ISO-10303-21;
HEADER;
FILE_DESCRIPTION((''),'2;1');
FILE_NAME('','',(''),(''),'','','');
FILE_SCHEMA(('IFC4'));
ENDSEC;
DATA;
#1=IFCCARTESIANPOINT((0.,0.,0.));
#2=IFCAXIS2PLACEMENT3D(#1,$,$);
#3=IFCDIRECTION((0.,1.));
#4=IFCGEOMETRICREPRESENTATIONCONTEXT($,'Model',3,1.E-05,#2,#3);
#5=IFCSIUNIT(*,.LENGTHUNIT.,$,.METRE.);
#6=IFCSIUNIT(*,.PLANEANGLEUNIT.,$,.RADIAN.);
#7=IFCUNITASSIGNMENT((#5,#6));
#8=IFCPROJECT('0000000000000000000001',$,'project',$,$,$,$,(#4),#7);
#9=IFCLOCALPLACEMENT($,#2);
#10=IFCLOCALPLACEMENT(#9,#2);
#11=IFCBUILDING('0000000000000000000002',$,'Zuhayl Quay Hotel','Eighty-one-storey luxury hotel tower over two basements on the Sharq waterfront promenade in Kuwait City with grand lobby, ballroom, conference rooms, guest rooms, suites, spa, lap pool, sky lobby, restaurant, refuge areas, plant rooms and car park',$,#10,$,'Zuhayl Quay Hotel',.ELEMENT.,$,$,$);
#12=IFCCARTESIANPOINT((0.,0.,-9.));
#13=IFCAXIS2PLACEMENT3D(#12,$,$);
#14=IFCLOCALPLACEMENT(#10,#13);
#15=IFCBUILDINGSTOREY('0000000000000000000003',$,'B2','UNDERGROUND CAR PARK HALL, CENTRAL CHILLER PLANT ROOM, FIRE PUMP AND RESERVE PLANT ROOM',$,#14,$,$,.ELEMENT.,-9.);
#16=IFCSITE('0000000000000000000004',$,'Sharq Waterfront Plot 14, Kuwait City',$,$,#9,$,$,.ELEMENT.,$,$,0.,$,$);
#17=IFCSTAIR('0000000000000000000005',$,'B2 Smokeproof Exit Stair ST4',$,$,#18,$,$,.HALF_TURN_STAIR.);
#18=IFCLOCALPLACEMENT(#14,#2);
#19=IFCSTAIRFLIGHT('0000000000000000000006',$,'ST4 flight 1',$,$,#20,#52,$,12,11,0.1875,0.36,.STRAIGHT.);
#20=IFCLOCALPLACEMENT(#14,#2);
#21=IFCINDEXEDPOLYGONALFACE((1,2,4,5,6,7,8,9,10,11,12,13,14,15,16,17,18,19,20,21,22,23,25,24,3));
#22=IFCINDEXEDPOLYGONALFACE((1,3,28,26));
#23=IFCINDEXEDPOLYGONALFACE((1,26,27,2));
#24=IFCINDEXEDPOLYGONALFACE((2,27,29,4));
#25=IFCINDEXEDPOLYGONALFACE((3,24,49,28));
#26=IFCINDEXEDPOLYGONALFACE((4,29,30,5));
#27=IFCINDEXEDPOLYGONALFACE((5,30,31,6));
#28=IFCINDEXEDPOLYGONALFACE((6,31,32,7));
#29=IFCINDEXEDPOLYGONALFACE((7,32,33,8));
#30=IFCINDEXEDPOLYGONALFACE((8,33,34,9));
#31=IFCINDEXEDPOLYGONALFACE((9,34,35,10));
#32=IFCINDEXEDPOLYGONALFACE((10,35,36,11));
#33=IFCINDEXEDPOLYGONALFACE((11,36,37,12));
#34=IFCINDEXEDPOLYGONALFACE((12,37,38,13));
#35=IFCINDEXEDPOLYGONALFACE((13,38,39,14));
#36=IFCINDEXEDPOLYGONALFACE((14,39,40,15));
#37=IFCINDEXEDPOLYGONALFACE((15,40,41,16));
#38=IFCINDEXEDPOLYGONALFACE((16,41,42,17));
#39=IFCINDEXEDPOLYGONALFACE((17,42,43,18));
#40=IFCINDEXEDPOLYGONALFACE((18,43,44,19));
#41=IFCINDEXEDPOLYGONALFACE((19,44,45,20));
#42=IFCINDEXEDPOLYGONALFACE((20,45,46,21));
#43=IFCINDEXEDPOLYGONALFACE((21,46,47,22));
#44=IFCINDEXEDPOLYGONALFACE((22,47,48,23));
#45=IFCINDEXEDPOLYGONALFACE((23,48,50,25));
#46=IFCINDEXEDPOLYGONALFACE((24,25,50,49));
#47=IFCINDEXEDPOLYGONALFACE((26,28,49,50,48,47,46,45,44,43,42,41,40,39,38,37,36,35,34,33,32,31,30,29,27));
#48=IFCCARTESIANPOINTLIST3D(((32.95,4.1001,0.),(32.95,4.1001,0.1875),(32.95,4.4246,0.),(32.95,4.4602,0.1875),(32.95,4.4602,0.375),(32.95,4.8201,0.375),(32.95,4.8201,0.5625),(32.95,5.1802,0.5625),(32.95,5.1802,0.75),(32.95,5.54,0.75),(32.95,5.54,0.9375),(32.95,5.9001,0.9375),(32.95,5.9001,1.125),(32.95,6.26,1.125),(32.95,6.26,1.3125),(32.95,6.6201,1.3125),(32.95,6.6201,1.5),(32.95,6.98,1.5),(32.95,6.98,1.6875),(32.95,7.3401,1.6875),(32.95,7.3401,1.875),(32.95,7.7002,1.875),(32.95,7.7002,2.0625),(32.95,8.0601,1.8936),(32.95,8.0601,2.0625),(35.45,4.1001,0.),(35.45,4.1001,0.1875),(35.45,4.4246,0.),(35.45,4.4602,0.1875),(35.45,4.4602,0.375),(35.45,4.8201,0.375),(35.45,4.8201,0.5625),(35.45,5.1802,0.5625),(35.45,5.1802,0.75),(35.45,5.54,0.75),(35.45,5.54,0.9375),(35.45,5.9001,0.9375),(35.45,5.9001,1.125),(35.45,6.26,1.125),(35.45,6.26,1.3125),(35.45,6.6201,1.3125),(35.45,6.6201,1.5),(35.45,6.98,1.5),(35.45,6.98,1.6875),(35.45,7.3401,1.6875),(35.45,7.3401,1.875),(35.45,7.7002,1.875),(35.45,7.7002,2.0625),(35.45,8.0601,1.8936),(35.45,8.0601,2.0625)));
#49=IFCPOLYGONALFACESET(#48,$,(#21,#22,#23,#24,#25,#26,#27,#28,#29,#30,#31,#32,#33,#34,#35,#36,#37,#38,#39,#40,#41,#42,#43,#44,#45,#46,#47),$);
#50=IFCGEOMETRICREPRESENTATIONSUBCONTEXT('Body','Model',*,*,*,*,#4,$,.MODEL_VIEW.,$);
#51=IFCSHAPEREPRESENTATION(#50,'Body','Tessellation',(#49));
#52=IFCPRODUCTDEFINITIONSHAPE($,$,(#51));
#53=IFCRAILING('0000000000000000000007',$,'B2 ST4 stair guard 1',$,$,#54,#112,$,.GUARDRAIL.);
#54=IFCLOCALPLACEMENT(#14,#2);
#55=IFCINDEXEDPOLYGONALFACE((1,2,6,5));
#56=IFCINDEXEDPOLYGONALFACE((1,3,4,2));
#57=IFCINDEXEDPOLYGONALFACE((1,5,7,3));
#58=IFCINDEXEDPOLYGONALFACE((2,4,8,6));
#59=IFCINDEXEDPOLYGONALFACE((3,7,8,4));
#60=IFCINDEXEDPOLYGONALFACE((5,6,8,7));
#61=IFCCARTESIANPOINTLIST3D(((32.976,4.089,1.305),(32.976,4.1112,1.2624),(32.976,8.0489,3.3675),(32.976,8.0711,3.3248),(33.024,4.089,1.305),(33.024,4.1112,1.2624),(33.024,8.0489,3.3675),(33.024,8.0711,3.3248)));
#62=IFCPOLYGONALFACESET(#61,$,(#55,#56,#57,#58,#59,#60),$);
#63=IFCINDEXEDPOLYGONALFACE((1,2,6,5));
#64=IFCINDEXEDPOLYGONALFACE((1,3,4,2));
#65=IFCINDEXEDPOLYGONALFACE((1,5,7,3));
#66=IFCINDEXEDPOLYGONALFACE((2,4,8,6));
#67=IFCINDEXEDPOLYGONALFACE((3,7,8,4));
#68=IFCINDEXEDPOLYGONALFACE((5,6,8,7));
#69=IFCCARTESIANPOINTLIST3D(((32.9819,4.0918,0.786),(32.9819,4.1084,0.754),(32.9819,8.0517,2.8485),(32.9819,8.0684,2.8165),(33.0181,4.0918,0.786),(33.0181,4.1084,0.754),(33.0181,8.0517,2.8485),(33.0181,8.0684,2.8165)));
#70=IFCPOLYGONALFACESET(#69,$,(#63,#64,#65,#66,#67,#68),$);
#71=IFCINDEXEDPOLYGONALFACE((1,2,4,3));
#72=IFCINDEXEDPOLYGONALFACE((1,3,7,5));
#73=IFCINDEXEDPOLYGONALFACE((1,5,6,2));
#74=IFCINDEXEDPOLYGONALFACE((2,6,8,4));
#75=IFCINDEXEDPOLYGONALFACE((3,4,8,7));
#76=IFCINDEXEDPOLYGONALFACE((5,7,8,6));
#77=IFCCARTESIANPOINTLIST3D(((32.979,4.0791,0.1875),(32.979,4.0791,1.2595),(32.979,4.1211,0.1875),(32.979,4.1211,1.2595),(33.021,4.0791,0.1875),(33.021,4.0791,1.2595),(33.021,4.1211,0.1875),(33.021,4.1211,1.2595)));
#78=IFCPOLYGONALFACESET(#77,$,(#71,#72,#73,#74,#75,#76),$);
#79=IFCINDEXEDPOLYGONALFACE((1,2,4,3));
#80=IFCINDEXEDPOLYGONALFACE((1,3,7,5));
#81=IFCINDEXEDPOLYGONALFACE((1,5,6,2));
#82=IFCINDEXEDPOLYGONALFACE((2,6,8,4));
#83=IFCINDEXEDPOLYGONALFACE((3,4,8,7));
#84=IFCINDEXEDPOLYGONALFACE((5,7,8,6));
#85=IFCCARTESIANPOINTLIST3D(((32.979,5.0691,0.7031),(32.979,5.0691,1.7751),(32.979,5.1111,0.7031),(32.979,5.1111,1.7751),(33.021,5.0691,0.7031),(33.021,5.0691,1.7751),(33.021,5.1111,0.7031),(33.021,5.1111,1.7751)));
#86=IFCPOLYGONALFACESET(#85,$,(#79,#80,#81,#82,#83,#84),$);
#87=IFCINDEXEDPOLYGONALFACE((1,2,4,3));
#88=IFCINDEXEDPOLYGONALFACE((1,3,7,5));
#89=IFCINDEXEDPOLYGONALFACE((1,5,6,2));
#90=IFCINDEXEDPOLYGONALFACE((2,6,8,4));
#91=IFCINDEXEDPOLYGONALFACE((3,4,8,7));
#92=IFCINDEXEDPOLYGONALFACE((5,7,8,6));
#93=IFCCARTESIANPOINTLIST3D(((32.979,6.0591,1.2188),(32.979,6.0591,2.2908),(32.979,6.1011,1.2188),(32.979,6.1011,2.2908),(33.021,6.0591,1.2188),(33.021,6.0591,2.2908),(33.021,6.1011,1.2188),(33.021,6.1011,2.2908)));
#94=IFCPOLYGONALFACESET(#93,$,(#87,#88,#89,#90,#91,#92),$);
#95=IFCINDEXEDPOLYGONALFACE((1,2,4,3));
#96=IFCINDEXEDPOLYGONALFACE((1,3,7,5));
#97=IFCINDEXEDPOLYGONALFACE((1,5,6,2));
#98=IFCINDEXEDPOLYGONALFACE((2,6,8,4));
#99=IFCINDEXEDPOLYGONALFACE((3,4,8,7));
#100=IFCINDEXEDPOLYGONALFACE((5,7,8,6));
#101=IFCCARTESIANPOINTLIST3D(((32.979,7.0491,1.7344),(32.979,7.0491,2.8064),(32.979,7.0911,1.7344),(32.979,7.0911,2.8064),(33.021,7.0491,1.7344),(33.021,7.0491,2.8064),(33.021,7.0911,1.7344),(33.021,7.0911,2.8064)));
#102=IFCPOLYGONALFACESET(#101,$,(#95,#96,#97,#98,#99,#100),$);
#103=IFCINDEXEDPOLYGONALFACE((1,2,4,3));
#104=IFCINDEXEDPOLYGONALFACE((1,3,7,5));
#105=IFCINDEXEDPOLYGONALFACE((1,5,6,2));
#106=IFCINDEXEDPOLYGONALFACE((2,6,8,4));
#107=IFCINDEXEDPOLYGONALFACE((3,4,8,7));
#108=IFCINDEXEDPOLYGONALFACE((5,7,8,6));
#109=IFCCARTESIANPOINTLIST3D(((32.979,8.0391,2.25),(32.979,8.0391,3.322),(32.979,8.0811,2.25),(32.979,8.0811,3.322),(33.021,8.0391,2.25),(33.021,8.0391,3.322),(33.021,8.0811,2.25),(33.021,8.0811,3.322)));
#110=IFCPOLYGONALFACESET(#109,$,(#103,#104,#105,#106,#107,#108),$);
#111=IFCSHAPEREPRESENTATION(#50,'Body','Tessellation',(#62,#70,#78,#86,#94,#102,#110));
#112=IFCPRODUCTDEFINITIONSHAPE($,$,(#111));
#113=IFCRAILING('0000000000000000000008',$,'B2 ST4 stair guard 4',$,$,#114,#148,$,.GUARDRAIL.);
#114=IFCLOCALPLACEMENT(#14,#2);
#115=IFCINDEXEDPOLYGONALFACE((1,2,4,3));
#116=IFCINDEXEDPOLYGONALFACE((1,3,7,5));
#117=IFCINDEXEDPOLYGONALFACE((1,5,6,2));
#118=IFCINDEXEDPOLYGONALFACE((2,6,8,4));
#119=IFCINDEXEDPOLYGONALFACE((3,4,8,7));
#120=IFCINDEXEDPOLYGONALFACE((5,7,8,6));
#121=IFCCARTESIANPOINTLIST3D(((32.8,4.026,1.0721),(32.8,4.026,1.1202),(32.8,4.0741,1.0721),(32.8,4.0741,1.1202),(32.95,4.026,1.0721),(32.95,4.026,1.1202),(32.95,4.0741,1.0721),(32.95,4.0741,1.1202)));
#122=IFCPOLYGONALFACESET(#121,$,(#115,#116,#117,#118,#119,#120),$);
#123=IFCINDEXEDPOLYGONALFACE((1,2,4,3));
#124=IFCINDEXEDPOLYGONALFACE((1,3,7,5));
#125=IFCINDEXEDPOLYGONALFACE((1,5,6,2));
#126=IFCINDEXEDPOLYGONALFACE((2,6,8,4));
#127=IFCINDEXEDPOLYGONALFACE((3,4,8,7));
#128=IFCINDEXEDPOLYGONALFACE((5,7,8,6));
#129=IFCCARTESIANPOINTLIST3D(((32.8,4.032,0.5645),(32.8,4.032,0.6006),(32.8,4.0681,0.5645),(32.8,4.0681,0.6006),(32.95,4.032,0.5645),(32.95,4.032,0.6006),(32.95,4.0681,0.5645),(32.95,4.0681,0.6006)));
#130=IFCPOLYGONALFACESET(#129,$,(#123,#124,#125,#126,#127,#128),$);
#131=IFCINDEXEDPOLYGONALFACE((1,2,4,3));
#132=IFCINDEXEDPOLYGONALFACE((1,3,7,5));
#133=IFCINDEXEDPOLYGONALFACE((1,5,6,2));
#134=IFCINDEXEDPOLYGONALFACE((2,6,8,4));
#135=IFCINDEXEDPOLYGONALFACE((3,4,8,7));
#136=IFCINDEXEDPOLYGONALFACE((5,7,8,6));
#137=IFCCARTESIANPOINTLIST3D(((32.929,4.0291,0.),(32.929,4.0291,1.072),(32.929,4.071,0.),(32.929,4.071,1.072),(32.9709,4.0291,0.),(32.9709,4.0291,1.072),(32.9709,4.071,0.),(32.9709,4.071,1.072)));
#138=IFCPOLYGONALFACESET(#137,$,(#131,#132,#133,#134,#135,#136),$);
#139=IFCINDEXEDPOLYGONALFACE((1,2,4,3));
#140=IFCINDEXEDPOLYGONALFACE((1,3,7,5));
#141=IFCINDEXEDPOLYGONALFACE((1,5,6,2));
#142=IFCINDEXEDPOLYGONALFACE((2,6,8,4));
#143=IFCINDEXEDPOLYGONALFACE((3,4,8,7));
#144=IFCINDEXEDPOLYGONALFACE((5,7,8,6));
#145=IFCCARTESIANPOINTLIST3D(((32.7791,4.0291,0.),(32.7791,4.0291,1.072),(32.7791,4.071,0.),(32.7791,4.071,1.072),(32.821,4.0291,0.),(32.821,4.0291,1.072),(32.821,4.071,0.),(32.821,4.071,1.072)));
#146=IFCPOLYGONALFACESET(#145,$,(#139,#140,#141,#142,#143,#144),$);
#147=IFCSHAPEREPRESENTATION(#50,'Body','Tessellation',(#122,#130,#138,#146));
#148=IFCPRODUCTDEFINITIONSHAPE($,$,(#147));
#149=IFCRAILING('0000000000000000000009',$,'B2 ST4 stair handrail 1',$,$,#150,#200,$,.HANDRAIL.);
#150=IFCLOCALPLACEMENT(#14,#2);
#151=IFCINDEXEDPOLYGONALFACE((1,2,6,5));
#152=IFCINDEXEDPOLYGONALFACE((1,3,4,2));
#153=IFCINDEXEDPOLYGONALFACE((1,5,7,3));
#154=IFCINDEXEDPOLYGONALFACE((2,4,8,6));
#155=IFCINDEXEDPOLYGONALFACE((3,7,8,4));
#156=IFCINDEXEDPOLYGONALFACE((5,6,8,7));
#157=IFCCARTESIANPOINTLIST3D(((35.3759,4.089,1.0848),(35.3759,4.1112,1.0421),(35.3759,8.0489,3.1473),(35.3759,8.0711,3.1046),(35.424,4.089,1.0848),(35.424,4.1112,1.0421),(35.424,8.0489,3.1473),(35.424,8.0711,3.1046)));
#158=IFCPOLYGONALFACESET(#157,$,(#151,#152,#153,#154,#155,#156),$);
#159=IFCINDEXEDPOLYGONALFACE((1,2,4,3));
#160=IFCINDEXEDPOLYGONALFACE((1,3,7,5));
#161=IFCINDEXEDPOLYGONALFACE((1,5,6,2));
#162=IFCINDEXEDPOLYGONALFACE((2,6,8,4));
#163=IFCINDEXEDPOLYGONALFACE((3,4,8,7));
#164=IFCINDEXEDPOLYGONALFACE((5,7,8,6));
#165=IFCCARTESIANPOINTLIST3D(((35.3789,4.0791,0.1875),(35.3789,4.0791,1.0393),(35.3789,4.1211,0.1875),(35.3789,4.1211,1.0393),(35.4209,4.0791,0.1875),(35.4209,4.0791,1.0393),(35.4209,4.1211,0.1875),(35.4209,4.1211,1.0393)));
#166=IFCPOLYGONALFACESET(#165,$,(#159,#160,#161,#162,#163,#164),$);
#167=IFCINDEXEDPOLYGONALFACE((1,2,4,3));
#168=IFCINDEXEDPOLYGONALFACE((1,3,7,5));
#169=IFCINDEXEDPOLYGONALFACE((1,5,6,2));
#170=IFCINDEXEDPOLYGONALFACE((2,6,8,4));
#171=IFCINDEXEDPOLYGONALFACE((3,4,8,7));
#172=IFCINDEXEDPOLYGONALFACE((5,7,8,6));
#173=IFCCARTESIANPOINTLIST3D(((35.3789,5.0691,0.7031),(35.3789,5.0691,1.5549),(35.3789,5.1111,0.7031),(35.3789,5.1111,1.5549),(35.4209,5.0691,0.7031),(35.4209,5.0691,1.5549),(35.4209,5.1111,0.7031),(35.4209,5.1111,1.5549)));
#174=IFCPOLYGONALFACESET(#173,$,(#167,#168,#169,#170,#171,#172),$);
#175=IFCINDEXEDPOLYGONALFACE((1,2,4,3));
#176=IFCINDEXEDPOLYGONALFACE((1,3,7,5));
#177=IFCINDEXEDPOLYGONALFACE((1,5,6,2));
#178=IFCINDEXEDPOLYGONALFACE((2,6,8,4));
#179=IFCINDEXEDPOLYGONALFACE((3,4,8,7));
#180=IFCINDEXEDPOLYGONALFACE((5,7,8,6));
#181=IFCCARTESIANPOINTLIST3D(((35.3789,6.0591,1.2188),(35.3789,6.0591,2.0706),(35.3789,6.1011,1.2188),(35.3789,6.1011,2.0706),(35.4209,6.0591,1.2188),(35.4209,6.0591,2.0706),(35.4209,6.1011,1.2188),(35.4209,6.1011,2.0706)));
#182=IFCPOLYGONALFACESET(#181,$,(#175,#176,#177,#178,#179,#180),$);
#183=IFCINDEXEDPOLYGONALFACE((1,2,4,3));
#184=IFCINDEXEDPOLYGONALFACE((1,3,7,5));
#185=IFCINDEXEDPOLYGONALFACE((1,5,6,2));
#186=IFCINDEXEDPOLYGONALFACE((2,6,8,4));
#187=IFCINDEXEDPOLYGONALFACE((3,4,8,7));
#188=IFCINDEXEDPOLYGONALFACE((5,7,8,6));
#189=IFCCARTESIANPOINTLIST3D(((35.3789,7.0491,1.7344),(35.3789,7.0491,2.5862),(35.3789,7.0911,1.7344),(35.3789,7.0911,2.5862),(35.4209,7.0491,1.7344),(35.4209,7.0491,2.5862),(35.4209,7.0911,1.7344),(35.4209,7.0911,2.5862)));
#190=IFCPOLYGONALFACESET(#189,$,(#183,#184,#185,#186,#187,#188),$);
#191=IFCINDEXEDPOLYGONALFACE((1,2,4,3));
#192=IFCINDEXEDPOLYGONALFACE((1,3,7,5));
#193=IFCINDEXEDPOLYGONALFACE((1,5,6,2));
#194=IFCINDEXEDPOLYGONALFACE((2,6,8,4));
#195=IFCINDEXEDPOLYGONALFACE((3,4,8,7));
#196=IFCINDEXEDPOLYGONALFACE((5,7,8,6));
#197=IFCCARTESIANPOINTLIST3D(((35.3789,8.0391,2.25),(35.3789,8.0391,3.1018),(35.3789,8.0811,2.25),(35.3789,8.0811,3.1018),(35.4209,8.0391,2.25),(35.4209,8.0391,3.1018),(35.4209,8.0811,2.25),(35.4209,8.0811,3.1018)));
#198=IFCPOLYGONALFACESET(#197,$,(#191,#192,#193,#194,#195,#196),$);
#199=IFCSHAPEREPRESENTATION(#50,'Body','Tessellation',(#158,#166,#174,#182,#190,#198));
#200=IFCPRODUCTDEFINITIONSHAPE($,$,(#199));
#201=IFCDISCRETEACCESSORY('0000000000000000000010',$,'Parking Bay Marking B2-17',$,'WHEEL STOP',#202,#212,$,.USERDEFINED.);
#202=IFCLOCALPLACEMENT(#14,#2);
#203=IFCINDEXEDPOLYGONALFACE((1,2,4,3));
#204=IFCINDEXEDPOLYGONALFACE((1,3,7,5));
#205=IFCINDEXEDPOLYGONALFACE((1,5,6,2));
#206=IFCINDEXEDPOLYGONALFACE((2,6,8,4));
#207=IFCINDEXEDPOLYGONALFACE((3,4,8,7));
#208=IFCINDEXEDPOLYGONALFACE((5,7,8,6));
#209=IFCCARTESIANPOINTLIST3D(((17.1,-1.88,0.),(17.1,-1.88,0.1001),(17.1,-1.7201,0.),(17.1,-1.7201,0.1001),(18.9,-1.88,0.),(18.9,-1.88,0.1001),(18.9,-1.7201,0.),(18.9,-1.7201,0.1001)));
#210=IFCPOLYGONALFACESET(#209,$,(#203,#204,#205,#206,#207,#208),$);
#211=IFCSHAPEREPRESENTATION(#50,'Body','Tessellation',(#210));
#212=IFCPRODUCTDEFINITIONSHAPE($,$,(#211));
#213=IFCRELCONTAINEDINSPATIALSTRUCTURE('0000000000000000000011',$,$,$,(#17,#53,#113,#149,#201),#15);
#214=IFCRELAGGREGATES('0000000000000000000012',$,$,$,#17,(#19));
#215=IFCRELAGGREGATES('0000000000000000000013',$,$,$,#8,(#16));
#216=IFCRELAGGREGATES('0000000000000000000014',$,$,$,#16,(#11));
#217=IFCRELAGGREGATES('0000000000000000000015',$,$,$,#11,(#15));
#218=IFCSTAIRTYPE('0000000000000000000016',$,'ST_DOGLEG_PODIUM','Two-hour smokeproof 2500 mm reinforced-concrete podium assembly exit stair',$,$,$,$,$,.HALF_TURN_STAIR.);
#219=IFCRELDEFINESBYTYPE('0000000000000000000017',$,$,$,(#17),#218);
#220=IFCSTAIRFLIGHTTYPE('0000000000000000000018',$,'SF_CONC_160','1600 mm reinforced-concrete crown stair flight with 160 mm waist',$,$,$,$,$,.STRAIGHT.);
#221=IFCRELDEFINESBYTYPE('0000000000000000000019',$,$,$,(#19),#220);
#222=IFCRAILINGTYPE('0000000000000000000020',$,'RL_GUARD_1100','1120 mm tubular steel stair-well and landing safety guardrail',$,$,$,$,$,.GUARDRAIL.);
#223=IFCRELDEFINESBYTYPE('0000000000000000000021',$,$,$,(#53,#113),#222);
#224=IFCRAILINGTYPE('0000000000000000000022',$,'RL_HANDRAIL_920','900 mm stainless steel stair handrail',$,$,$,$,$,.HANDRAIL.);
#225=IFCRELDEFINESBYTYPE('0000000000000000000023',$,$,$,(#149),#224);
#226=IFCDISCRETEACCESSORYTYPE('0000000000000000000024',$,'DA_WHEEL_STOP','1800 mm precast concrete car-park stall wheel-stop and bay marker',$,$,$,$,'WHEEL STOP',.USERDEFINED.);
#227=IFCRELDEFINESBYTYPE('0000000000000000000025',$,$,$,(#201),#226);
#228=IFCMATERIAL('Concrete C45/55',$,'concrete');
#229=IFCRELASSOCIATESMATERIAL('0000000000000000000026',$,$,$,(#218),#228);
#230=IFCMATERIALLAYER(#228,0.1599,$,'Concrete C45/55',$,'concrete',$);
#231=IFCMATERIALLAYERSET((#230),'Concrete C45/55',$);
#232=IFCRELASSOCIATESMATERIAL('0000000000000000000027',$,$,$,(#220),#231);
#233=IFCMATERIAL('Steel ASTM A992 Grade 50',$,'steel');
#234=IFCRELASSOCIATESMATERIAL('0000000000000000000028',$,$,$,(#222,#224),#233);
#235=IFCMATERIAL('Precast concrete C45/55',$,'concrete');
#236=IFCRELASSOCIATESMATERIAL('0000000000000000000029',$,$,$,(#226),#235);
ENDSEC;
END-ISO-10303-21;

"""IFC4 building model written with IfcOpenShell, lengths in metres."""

from ifc_helpers import new_model, si_unit, direction, frame, origin, origin_2d, place, context, subcontext, project, spatial, polyline, rectangle, outline, extrude, material, layer, layer_set, type_object, element, aggregate, save


model = new_model("IFC4")

# Units and contexts
model_context = context("Model", 3, precision=1e-05, world=origin(), true_north=direction((0.0, 1.0)))
body_context = subcontext(model_context, "Body", "Model", "MODEL_VIEW")
ifc_project = project(units=[si_unit("LENGTHUNIT", "METRE"), si_unit("PLANEANGLEUNIT", "RADIAN")], contexts=[model_context])

# Site, building, storey
site_placement = place(None, origin())
site = spatial("IfcSite", under=ifc_project, at=site_placement, Name="Sharq Waterfront Plot 14, Kuwait City", CompositionType="ELEMENT", RefElevation=0.0)
building_placement = place(site_placement, origin())
building = spatial("IfcBuilding", under=site, at=building_placement, Name="Zuhayl Quay Hotel", Description="Eighty-one-storey luxury hotel tower over two basements on the Sharq waterfront promenade in Kuwait City with grand lobby, ballroom, conference rooms, guest rooms, suites, spa, lap pool, sky lobby, restaurant, refuge areas, plant rooms and car park", LongName="Zuhayl Quay Hotel", CompositionType="ELEMENT")
storey_placement = place(building_placement, frame((0.0, 0.0, -9.0)))
storey = spatial("IfcBuildingStorey", under=building, at=storey_placement, Name="B2", Description="UNDERGROUND CAR PARK HALL, CENTRAL CHILLER PLANT ROOM, FIRE PUMP AND RESERVE PLANT ROOM", CompositionType="ELEMENT", Elevation=-9.0)

# Stair, stair flight
ifc_material_1 = material(Name="Concrete C45/55", Category="concrete")
stair_type = type_object("IfcStairType", Name="ST_DOGLEG_PODIUM", Description="Two-hour smokeproof 2500 mm reinforced-concrete podium assembly exit stair", PredefinedType="HALF_TURN_STAIR", material=ifc_material_1)
stair_placement = place(storey_placement, origin())
stair = element("IfcStair", 1, at=stair_placement, inside=storey, type_object=stair_type, Name="B2 Smokeproof Exit Stair ST4", PredefinedType="HALF_TURN_STAIR")
ifc_layer_1 = layer(ifc_material_1, 0.1599, Name="Concrete C45/55", Category="concrete")
ifc_layer_set_1 = layer_set([ifc_layer_1], Name="Concrete C45/55")
stair_flight_type = type_object("IfcStairFlightType", Name="SF_CONC_160", Description="1600 mm reinforced-concrete crown stair flight with 160 mm waist", PredefinedType="STRAIGHT", material=ifc_layer_set_1)
stair_flight_placement = place(storey_placement, frame((34.2, 4.1001, 0.0), z_axis=(0.0, 0.0, 1.0), x_axis=(0.0, 1.0, 0.0)))
stair_flight = element("IfcStairFlight", 2, at=stair_flight_placement, type_object=stair_flight_type, Name="ST4 flight 1", NumberOfRisers=12, NumberOfTreads=11, PredefinedType="STRAIGHT", RiserHeight=0.1875, TreadLength=0.36, context=body_context, shape_type="SweptSolid", body=[
    extrude(outline(polyline([(0.0, 0.0), (0.0, 0.1875), (0.3601, 0.1875), (0.3601, 0.375), (0.72, 0.375), (0.72, 0.5625), (1.0801, 0.5625), (1.0801, 0.75), (1.4399, 0.75), (1.4399, 0.9375), (1.8, 0.9375), (1.8, 1.125), (2.1599, 1.125), (2.1599, 1.3125), (2.52, 1.3125), (2.52, 1.5), (2.8799, 1.5), (2.8799, 1.6875), (3.24, 1.6875), (3.24, 1.875), (3.6001, 1.875), (3.6001, 2.0625), (3.96, 2.0625), (3.96, 2.25), (3.96, 1.8936), (0.3245, 0.0), (0.0, 0.0)])), frame((0.0, 1.25, 0.0), z_axis=(0.0, -1.0, 0.0), x_axis=(1.0, 0.0, 0.0)), (0.0, 0.0, 1.0), 2.5),
])
aggregate(stair, [stair_flight])

# Railings
ifc_material_2 = material(Name="Steel ASTM A992 Grade 50", Category="steel")
railing_type_1 = type_object("IfcRailingType", Name="RL_GUARD_1100", Description="1120 mm tubular steel stair-well and landing safety guardrail", PredefinedType="GUARDRAIL", material=ifc_material_2)
railing_1_placement = place(storey_placement, frame((33.0, 4.1001, 0.1875)))
element("IfcRailing", 3, at=railing_1_placement, inside=storey, type_object=railing_type_1, Name="B2 ST4 stair guard 1", PredefinedType="GUARDRAIL", context=body_context, shape_type="SweptSolid", body=[
    extrude(rectangle(XDim=0.0481, YDim=0.0481, at=origin_2d()), frame((0.0, 0.0, 1.0962), z_axis=(0.0, 0.886912, 0.461938), x_axis=(-1.0, 0.0, 0.0)), (0.0, 0.0, 1.0), 4.4648),
    extrude(rectangle(XDim=0.0361, YDim=0.0361, at=origin_2d()), frame((0.0, 0.0, 0.5825), z_axis=(0.0, 0.886912, 0.461938), x_axis=(-1.0, 0.0, 0.0)), (0.0, 0.0, 1.0), 4.4648),
    extrude(rectangle(XDim=0.042, YDim=0.042, at=origin_2d()), origin(), (0.0, 0.0, 1.0), 1.072),
    extrude(rectangle(XDim=0.042, YDim=0.042, at=origin_2d()), frame((0.0, 0.99, 0.5156)), (0.0, 0.0, 1.0), 1.072),
    extrude(rectangle(XDim=0.042, YDim=0.042, at=origin_2d()), frame((0.0, 1.98, 1.0312)), (0.0, 0.0, 1.0), 1.072),
    extrude(rectangle(XDim=0.042, YDim=0.042, at=origin_2d()), frame((0.0, 2.97, 1.5469)), (0.0, 0.0, 1.0), 1.072),
    extrude(rectangle(XDim=0.042, YDim=0.042, at=origin_2d()), frame((0.0, 3.96, 2.0625)), (0.0, 0.0, 1.0), 1.072),
])
railing_2_placement = place(storey_placement, frame((32.95, 4.05, 0.0)))
element("IfcRailing", 4, at=railing_2_placement, inside=storey, type_object=railing_type_1, Name="B2 ST4 stair guard 4", PredefinedType="GUARDRAIL", context=body_context, shape_type="SweptSolid", body=[
    extrude(rectangle(XDim=0.0481, YDim=0.0481, at=origin_2d()), frame((0.0, 0.0, 1.0962), z_axis=(-1.0, 0.0, 0.0), x_axis=(0.0, -1.0, 0.0)), (0.0, 0.0, 1.0), 0.1499),
    extrude(rectangle(XDim=0.0361, YDim=0.0361, at=origin_2d()), frame((0.0, 0.0, 0.5825), z_axis=(-1.0, 0.0, 0.0), x_axis=(0.0, -1.0, 0.0)), (0.0, 0.0, 1.0), 0.1499),
    extrude(rectangle(XDim=0.042, YDim=0.042, at=origin_2d()), origin(), (0.0, 0.0, 1.0), 1.072),
    extrude(rectangle(XDim=0.042, YDim=0.042, at=origin_2d()), frame((-0.1499, 0.0, 0.0)), (0.0, 0.0, 1.0), 1.072),
])
railing_type_2 = type_object("IfcRailingType", Name="RL_HANDRAIL_920", Description="900 mm stainless steel stair handrail", PredefinedType="HANDRAIL", material=ifc_material_2)
railing_3_placement = place(storey_placement, frame((35.3999, 4.1001, 0.1875)))
element("IfcRailing", 5, at=railing_3_placement, inside=storey, type_object=railing_type_2, Name="B2 ST4 stair handrail 1", PredefinedType="HANDRAIL", context=body_context, shape_type="SweptSolid", body=[
    extrude(rectangle(XDim=0.0481, YDim=0.0481, at=origin_2d()), frame((0.0, 0.0, 0.876), z_axis=(0.0, 0.886912, 0.461938), x_axis=(-1.0, 0.0, 0.0)), (0.0, 0.0, 1.0), 4.4648),
    extrude(rectangle(XDim=0.042, YDim=0.042, at=origin_2d()), origin(), (0.0, 0.0, 1.0), 0.8518),
    extrude(rectangle(XDim=0.042, YDim=0.042, at=origin_2d()), frame((0.0, 0.99, 0.5156)), (0.0, 0.0, 1.0), 0.8518),
    extrude(rectangle(XDim=0.042, YDim=0.042, at=origin_2d()), frame((0.0, 1.98, 1.0312)), (0.0, 0.0, 1.0), 0.8518),
    extrude(rectangle(XDim=0.042, YDim=0.042, at=origin_2d()), frame((0.0, 2.97, 1.5469)), (0.0, 0.0, 1.0), 0.8518),
    extrude(rectangle(XDim=0.042, YDim=0.042, at=origin_2d()), frame((0.0, 3.96, 2.0625)), (0.0, 0.0, 1.0), 0.8518),
])

# Discrete accessory
ifc_material_3 = material(Name="Precast concrete C45/55", Category="concrete")
discrete_accessory_type = type_object("IfcDiscreteAccessoryType", Name="DA_WHEEL_STOP", Description="1800 mm precast concrete car-park stall wheel-stop and bay marker", ElementType="WHEEL STOP", PredefinedType="USERDEFINED", material=ifc_material_3)
for number, where, z_axis, x_axis, name in (
    (6, (18.0, -1.8, 0.0), (0.0, 0.0, 1.0), (1.0, 0.0, 0.0), "Parking Bay Marking B2-17"),
):
    element("IfcDiscreteAccessory", number, at=place(storey_placement, frame(where, z_axis=z_axis, x_axis=x_axis)), inside=storey, type_object=discrete_accessory_type, Name=name, ObjectType="WHEEL STOP", PredefinedType="USERDEFINED", context=body_context, shape_type="SweptSolid", body=[
        extrude(rectangle(XDim=1.8, YDim=0.1599, at=origin_2d()), origin(), (0.0, 0.0, 1.0), 0.1001),
    ])

save(model, "model.ifc")
